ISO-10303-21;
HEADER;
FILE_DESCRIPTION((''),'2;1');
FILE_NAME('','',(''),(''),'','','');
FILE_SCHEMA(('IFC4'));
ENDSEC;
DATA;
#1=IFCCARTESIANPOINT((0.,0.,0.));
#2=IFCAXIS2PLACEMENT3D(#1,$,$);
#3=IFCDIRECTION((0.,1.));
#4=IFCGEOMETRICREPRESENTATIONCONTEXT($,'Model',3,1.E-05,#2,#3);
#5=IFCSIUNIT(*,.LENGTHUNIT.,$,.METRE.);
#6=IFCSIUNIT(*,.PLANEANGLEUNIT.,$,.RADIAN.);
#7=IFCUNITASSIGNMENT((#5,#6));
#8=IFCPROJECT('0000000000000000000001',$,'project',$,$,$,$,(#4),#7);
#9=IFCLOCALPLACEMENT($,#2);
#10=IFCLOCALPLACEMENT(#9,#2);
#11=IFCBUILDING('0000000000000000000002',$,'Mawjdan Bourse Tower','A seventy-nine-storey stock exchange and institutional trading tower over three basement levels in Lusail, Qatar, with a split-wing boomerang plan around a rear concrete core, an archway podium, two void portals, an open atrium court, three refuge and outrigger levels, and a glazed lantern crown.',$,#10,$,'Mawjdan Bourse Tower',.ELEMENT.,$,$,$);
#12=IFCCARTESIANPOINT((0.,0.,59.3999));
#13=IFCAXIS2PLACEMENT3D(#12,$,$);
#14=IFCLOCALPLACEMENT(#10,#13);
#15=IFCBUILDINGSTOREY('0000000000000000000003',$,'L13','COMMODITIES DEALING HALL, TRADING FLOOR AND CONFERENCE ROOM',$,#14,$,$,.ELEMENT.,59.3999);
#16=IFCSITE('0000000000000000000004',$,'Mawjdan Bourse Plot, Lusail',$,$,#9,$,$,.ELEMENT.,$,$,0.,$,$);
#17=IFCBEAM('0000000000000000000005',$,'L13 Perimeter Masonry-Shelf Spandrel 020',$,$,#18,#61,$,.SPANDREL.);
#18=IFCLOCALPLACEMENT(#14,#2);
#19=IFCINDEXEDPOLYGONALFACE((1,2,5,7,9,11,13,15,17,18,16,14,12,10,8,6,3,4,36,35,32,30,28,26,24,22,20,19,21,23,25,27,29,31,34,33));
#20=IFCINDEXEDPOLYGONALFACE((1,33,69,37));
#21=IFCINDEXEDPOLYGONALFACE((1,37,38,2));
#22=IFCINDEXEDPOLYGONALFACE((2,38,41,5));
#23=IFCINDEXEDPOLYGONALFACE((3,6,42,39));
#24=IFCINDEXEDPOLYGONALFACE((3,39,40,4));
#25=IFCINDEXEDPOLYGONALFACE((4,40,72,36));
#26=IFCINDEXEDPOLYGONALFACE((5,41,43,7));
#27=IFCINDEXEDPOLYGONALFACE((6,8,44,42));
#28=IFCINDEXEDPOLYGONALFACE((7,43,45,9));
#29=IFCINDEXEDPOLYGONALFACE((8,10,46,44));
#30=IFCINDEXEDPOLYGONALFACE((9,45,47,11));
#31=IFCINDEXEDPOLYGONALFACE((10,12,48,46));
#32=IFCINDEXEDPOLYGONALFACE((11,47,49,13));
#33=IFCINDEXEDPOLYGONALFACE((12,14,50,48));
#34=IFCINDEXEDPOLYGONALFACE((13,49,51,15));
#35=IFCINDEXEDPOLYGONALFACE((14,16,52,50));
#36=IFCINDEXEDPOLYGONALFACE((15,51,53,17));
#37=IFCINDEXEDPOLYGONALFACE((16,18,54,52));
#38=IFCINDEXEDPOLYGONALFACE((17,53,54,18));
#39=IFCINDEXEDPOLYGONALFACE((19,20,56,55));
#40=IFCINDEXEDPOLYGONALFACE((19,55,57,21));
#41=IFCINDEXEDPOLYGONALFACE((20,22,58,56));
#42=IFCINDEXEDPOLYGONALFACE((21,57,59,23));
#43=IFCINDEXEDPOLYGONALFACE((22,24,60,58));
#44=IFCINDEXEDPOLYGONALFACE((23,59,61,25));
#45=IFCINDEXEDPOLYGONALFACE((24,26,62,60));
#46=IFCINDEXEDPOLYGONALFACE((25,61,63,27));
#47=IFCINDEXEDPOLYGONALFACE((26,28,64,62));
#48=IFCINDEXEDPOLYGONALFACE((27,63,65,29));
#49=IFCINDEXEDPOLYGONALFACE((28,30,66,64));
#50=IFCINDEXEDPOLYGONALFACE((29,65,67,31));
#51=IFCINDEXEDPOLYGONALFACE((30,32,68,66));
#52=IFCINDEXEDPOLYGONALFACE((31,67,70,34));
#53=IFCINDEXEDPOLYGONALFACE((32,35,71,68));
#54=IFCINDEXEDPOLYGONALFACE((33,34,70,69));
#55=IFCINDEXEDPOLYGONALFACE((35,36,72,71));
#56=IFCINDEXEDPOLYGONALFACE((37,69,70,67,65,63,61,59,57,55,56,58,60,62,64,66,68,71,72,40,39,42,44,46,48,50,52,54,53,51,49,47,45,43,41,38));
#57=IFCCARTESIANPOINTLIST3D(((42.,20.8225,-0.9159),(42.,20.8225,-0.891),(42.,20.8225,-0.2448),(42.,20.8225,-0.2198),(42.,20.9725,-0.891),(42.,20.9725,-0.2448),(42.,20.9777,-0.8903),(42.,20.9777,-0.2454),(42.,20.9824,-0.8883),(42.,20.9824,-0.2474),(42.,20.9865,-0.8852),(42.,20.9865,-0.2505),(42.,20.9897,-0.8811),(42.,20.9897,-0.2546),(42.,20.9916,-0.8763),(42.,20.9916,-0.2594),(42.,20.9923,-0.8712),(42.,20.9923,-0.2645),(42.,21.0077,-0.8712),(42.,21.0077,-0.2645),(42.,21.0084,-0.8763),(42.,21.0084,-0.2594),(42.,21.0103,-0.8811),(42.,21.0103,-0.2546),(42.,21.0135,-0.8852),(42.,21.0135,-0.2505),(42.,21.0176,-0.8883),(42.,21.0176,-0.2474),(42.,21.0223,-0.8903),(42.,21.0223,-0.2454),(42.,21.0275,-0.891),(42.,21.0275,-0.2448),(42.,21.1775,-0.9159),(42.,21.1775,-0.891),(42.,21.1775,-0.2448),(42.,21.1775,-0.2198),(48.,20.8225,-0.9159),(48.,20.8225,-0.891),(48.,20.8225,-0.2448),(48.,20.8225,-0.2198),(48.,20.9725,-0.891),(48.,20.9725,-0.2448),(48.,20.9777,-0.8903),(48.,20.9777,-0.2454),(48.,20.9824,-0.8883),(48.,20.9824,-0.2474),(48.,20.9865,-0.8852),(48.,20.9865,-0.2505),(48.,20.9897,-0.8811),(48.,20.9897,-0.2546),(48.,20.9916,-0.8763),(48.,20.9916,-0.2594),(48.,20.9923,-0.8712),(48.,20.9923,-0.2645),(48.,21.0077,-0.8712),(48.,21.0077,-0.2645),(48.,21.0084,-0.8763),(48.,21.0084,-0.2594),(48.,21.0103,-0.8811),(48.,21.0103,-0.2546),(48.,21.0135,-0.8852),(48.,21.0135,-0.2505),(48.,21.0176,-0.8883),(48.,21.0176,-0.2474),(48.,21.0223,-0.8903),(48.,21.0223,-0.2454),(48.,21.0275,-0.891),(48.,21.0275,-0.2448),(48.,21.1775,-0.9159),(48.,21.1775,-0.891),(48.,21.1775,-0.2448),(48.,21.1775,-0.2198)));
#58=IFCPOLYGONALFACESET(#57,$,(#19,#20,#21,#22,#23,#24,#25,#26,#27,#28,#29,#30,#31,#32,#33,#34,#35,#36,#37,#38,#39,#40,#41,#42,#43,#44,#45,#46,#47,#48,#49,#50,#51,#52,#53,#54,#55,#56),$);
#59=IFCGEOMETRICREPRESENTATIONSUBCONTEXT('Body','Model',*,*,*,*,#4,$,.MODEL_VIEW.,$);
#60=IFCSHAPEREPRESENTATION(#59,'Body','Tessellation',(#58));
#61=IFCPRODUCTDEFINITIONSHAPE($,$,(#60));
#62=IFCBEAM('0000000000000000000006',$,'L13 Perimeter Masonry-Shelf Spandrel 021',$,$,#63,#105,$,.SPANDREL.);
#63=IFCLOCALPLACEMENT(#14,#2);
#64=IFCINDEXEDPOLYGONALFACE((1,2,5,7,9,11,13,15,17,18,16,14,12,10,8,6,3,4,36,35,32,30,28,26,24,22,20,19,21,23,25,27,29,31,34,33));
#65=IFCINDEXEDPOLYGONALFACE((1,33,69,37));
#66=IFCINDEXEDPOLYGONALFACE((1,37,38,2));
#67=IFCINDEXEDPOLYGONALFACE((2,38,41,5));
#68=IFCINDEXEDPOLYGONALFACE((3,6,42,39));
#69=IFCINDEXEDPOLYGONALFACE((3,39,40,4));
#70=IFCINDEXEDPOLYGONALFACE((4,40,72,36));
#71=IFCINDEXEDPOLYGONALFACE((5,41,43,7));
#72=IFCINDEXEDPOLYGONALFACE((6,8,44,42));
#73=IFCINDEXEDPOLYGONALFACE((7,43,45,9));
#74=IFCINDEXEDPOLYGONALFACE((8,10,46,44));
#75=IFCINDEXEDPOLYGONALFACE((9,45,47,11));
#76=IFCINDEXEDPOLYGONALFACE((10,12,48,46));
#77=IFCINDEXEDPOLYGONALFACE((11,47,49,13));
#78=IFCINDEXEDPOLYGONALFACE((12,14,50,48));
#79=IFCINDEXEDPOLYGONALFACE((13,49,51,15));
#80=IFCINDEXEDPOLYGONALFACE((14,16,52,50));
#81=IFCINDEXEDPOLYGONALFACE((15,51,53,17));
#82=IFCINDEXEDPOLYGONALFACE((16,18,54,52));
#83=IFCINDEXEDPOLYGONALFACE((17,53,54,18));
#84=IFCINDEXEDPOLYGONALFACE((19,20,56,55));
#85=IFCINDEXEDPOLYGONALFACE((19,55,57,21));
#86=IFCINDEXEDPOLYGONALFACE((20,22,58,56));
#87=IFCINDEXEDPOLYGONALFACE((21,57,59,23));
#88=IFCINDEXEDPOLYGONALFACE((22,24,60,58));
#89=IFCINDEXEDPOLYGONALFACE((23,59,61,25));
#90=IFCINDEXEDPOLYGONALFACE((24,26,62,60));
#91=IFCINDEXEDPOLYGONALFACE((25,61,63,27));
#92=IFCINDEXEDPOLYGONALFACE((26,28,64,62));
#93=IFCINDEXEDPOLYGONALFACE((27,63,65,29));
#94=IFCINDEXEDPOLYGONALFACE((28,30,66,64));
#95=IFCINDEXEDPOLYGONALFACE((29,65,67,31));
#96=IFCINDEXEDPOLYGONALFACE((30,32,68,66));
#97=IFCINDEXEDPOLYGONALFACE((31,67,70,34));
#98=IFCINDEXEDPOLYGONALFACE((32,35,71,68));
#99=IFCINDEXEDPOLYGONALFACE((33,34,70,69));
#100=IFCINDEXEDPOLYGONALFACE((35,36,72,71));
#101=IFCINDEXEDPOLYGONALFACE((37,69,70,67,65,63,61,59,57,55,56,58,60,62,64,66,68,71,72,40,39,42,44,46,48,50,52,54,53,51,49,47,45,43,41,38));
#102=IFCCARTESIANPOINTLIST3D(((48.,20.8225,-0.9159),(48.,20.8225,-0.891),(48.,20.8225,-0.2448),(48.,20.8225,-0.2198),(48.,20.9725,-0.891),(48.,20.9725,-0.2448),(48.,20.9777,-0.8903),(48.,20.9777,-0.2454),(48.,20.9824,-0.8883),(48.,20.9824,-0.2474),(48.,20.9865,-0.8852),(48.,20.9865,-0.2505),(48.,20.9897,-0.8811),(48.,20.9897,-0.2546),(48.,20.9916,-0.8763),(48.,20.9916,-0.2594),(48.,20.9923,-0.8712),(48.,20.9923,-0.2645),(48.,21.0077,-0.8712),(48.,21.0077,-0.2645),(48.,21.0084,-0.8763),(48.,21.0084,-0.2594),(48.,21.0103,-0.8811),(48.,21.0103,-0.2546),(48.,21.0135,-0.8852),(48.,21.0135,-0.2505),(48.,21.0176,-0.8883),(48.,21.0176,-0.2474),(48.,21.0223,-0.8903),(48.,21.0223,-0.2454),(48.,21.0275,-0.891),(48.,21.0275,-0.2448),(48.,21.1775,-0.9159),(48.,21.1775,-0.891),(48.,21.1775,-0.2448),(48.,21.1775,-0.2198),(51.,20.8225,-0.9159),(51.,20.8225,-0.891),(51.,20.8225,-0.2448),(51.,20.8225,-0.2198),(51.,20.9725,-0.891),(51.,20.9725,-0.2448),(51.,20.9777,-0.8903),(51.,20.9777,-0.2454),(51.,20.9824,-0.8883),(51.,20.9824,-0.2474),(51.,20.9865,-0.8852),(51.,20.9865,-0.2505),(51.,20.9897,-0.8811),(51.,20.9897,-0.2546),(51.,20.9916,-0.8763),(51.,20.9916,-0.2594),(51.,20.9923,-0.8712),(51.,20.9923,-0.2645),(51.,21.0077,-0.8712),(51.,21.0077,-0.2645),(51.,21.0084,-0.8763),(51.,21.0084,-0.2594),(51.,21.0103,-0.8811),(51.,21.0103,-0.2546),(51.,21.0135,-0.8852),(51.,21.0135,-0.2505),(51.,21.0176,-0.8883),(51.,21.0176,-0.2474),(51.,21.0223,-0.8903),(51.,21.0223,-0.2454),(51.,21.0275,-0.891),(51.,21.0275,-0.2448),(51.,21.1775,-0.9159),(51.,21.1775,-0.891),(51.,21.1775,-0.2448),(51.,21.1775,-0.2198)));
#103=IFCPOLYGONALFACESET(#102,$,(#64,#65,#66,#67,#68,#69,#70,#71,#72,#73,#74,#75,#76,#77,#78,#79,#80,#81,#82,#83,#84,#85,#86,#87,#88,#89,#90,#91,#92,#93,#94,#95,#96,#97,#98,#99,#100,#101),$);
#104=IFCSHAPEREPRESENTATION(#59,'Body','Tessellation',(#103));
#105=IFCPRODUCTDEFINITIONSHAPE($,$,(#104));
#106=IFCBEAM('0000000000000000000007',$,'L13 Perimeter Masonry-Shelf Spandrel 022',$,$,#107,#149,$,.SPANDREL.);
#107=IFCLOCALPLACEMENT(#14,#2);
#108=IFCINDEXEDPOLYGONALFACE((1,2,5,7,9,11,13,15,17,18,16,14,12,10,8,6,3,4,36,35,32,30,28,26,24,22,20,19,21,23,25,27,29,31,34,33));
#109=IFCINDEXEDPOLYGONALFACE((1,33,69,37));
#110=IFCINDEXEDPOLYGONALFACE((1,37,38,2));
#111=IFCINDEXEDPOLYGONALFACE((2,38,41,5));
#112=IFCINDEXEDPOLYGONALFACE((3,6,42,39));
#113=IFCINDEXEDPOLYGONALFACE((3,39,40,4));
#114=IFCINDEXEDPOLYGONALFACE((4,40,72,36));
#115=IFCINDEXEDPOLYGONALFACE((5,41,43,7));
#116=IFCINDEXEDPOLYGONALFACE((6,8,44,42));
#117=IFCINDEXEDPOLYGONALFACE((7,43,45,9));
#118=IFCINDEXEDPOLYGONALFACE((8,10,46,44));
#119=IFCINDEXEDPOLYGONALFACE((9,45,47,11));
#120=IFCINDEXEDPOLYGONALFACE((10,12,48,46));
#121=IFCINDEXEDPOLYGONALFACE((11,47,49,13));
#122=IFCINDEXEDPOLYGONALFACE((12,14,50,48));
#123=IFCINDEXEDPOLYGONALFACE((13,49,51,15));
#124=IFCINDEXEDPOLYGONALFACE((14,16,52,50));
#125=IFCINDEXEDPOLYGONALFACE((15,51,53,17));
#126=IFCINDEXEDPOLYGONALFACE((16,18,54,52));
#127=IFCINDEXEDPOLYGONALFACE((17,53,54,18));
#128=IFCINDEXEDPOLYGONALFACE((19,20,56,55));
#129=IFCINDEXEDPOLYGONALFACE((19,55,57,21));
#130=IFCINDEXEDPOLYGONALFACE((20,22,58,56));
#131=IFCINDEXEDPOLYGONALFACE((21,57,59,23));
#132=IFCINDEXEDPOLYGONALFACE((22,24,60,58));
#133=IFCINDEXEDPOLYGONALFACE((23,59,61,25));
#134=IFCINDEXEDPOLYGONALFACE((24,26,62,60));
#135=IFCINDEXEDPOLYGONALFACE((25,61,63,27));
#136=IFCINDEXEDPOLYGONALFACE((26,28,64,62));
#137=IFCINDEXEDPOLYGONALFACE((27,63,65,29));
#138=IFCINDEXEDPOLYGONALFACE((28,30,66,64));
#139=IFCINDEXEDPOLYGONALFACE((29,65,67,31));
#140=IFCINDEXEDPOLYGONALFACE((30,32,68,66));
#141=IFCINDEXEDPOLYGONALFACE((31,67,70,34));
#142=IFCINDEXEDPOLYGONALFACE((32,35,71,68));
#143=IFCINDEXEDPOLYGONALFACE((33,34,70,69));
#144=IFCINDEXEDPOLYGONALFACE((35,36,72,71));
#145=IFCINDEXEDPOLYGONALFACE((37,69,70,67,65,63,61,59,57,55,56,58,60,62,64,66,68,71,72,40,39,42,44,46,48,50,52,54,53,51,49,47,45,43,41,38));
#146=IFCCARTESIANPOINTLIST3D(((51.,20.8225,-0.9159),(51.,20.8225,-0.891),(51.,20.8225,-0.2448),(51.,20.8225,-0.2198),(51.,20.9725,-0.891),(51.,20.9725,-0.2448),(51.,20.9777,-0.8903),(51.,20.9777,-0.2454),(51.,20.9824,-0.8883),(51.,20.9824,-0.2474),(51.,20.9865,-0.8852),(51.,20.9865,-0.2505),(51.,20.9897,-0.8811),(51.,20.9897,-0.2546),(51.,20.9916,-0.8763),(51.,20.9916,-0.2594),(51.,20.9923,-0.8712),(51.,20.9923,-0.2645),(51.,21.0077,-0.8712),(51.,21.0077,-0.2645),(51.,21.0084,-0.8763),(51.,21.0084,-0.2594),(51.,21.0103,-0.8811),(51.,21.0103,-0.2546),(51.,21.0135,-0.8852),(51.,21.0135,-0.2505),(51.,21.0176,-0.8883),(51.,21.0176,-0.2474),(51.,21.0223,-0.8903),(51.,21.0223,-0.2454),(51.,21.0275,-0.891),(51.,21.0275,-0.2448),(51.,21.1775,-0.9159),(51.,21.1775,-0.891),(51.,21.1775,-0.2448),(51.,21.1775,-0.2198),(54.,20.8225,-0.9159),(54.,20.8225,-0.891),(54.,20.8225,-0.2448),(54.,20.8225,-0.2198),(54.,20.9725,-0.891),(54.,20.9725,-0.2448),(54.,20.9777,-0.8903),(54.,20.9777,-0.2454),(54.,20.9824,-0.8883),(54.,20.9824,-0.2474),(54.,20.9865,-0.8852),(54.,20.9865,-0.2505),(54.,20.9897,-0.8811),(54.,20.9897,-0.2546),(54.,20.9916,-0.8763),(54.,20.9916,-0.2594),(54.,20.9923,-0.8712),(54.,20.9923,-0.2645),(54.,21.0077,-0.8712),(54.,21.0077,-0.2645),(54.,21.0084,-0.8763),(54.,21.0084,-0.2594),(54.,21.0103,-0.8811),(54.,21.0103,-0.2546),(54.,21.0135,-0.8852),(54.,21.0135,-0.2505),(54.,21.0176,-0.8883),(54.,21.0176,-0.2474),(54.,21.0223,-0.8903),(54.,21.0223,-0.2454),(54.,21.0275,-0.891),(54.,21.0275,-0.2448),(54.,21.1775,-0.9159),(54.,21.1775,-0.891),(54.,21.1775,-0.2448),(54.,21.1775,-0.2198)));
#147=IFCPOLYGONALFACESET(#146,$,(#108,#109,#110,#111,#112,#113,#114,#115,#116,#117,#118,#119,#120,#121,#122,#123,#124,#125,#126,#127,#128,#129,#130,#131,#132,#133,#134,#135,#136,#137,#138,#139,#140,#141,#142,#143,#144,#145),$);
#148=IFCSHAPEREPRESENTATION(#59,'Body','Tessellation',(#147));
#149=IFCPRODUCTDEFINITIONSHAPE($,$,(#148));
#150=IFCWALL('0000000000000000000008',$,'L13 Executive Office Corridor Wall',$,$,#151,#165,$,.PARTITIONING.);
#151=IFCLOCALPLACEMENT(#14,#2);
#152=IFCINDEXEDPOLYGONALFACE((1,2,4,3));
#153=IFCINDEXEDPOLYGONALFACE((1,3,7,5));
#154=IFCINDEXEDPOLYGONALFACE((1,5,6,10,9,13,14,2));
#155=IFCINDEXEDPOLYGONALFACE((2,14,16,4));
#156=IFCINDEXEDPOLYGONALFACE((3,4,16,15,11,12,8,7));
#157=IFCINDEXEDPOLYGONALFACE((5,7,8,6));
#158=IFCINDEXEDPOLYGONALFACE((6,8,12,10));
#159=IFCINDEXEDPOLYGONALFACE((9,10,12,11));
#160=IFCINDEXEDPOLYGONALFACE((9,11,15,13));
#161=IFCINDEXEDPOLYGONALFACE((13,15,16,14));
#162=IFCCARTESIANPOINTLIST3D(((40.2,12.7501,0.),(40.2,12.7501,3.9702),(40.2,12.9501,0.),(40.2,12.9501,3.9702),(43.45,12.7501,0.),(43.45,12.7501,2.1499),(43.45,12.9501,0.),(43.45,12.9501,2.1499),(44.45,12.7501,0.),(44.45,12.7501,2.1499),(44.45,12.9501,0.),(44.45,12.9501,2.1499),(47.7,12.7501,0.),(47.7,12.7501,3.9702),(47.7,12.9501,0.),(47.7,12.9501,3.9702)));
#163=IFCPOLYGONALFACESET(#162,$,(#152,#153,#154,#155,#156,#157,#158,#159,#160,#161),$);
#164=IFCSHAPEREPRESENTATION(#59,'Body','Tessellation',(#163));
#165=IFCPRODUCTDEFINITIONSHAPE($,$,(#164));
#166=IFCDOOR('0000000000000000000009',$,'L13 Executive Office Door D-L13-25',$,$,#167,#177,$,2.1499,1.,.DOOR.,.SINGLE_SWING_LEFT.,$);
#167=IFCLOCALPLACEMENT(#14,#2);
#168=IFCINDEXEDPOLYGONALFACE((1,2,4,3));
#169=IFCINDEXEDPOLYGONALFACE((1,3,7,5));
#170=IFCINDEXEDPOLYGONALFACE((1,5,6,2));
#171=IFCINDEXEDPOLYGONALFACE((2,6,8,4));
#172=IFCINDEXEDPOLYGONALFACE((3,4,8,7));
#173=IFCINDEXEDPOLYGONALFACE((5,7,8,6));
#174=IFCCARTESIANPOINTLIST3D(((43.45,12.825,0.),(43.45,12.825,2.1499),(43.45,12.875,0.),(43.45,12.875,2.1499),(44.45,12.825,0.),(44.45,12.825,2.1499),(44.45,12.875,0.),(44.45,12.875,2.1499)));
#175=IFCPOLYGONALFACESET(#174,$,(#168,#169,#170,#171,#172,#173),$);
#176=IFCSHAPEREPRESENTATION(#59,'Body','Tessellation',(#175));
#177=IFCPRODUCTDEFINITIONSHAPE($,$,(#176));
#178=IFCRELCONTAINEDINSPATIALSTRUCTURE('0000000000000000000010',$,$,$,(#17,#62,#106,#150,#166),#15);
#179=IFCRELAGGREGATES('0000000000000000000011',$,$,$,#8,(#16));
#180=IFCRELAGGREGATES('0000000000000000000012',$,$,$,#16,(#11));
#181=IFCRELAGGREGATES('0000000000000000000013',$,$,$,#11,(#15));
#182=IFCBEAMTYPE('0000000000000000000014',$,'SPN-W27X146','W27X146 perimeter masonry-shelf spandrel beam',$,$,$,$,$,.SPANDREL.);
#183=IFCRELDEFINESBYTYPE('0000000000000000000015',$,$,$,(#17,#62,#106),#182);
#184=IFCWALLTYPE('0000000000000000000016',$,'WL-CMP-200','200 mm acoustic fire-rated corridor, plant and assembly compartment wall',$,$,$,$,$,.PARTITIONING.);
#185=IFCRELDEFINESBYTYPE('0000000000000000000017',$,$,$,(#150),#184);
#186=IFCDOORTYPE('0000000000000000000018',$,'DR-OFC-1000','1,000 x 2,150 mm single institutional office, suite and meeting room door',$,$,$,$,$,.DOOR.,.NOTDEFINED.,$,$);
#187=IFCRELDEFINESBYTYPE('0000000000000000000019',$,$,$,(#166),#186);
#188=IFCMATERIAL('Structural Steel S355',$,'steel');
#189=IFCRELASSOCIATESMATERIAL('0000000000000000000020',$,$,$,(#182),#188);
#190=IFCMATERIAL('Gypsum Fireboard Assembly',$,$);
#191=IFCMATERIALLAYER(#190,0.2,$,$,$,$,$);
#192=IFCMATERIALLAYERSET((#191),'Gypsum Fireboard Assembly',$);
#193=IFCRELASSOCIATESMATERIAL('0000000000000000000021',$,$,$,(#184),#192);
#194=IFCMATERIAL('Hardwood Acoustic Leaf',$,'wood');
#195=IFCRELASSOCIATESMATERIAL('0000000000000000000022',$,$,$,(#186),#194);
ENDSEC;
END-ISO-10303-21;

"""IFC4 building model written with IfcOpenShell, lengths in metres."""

from ifc_helpers import new_model, si_unit, direction, frame, frame_2d, origin, origin_2d, place, context, subcontext, project, spatial, rectangle, i_section, extrude, material, layer, layer_set, material_profile, profile_set, type_object, element, fill, save


model = new_model("IFC4")

# Units and contexts
model_context = context("Model", 3, precision=1e-05, world=origin(), true_north=direction((0.0, 1.0)))
body_context = subcontext(model_context, "Body", "Model", "MODEL_VIEW")
ifc_project = project(units=[si_unit("LENGTHUNIT", "METRE"), si_unit("PLANEANGLEUNIT", "RADIAN")], contexts=[model_context])

# Site, building, storey
site_placement = place(None, origin())
site = spatial("IfcSite", under=ifc_project, at=site_placement, Name="Mawjdan Bourse Plot, Lusail", CompositionType="ELEMENT", RefElevation=0.0)
building_placement = place(site_placement, origin())
building = spatial("IfcBuilding", under=site, at=building_placement, Name="Mawjdan Bourse Tower", Description="A seventy-nine-storey stock exchange and institutional trading tower over three basement levels in Lusail, Qatar, with a split-wing boomerang plan around a rear concrete core, an archway podium, two void portals, an open atrium court, three refuge and outrigger levels, and a glazed lantern crown.", LongName="Mawjdan Bourse Tower", CompositionType="ELEMENT")
storey_placement = place(building_placement, frame((0.0, 0.0, 59.3999)))
storey = spatial("IfcBuildingStorey", under=building, at=storey_placement, Name="L13", Description="COMMODITIES DEALING HALL, TRADING FLOOR AND CONFERENCE ROOM", CompositionType="ELEMENT", Elevation=59.3999)

# Beams
ifc_material_1 = material(Name="Structural Steel S355", Category="steel")
ifc_material_profile_1 = material_profile(ifc_material_1, i_section(OverallWidth=0.355, OverallDepth=0.696, WebThickness=0.0154, FlangeThickness=0.0249, FilletRadius=0.0198, at=origin_2d()), Name="W27X146")
ifc_profile_set_1 = profile_set([ifc_material_profile_1], Name="Structural Steel S355")
beam_type_1 = type_object("IfcBeamType", Name="SPN-W27X146", Description="W27X146 perimeter masonry-shelf spandrel beam", PredefinedType="SPANDREL", material=ifc_profile_set_1)
beam_1_placement = place(storey_placement, frame((42.0, 21.0, -0.5679), z_axis=(1.0, 0.0, 0.0), x_axis=(0.0, 1.0, 0.0)))
element("IfcBeam", 1, at=beam_1_placement, inside=storey, type_object=beam_type_1, Name="L13 Perimeter Masonry-Shelf Spandrel 020", PredefinedType="SPANDREL", context=body_context, shape_type="SweptSolid", body=[
    extrude(i_section(OverallWidth=0.355, OverallDepth=0.696, WebThickness=0.0154, FlangeThickness=0.0249, FilletRadius=0.0198, at=origin_2d()), origin(), (0.0, 0.0, 1.0), 6.0),
])
for number, where, z_axis, x_axis, name in (
    (2, (48.0, 21.0, -0.5679), (1.0, 0.0, 0.0), (0.0, 1.0, 0.0), "L13 Perimeter Masonry-Shelf Spandrel 021"),
    (3, (51.0, 21.0, -0.5679), (1.0, 0.0, 0.0), (0.0, 1.0, 0.0), "L13 Perimeter Masonry-Shelf Spandrel 022"),
):
    element("IfcBeam", number, at=place(storey_placement, frame(where, z_axis=z_axis, x_axis=x_axis)), inside=storey, type_object=beam_type_1, Name=name, PredefinedType="SPANDREL", context=body_context, shape_type="SweptSolid", body=[
        extrude(i_section(OverallWidth=0.355, OverallDepth=0.696, WebThickness=0.0154, FlangeThickness=0.0249, FilletRadius=0.0198, at=origin_2d()), origin(), (0.0, 0.0, 1.0), 3.0),
    ])

# Wall, opening, door
ifc_material_2 = material(Name="Gypsum Fireboard Assembly")
ifc_layer_1 = layer(ifc_material_2, 0.2)
ifc_layer_set_1 = layer_set([ifc_layer_1], Name="Gypsum Fireboard Assembly")
wall_type_1 = type_object("IfcWallType", Name="WL-CMP-200", Description="200 mm acoustic fire-rated corridor, plant and assembly compartment wall", PredefinedType="PARTITIONING", material=ifc_layer_set_1)
wall_1_placement = place(storey_placement, frame((40.2, 12.8501, 0.0), z_axis=(0.0, 0.0, 1.0), x_axis=(1.0, 0.0, 0.0)))
wall_1 = element("IfcWall", 4, at=wall_1_placement, inside=storey, type_object=wall_type_1, Name="L13 Executive Office Corridor Wall", PredefinedType="PARTITIONING", context=body_context, shape_type="SweptSolid", body=[
    extrude(rectangle(XDim=7.5, YDim=0.2, at=frame_2d((3.75, 0.0))), origin(), (0.0, 0.0, 1.0), 3.9702),
])
opening_1_placement = place(wall_1_placement, frame((3.25, 0.0, 0.0)))
opening_1 = element("IfcOpeningElement", 5, at=opening_1_placement, cuts=wall_1, PredefinedType="OPENING", context=body_context, shape_type="SweptSolid", body=[
    extrude(rectangle(XDim=1.0, YDim=2.1499, at=frame_2d((0.5, 1.075))), frame((0.0, 0.1099, 0.0), z_axis=(0.0, -1.0, 0.0), x_axis=(1.0, 0.0, 0.0)), (0.0, 0.0, 1.0), 0.22),
])
ifc_material_3 = material(Name="Hardwood Acoustic Leaf", Category="wood")
door_type = type_object("IfcDoorType", Name="DR-OFC-1000", Description="1,000 x 2,150 mm single institutional office, suite and meeting room door", OperationType="NOTDEFINED", PredefinedType="DOOR", material=ifc_material_3)
door_1_placement = place(opening_1_placement, origin())
door_1 = element("IfcDoor", 6, at=door_1_placement, inside=storey, type_object=door_type, Name="L13 Executive Office Door D-L13-25", OperationType="SINGLE_SWING_LEFT", OverallHeight=2.1499, OverallWidth=1.0, PredefinedType="DOOR", context=body_context, shape_type="SweptSolid", body=[
    extrude(rectangle(XDim=1.0, YDim=2.1499, at=frame_2d((0.5, 1.075))), frame((0.0, 0.0249, 0.0), z_axis=(0.0, -1.0, 0.0), x_axis=(1.0, 0.0, 0.0)), (0.0, 0.0, 1.0), 0.05),
])
fill(opening_1, door_1)

save(model, "model.ifc")
